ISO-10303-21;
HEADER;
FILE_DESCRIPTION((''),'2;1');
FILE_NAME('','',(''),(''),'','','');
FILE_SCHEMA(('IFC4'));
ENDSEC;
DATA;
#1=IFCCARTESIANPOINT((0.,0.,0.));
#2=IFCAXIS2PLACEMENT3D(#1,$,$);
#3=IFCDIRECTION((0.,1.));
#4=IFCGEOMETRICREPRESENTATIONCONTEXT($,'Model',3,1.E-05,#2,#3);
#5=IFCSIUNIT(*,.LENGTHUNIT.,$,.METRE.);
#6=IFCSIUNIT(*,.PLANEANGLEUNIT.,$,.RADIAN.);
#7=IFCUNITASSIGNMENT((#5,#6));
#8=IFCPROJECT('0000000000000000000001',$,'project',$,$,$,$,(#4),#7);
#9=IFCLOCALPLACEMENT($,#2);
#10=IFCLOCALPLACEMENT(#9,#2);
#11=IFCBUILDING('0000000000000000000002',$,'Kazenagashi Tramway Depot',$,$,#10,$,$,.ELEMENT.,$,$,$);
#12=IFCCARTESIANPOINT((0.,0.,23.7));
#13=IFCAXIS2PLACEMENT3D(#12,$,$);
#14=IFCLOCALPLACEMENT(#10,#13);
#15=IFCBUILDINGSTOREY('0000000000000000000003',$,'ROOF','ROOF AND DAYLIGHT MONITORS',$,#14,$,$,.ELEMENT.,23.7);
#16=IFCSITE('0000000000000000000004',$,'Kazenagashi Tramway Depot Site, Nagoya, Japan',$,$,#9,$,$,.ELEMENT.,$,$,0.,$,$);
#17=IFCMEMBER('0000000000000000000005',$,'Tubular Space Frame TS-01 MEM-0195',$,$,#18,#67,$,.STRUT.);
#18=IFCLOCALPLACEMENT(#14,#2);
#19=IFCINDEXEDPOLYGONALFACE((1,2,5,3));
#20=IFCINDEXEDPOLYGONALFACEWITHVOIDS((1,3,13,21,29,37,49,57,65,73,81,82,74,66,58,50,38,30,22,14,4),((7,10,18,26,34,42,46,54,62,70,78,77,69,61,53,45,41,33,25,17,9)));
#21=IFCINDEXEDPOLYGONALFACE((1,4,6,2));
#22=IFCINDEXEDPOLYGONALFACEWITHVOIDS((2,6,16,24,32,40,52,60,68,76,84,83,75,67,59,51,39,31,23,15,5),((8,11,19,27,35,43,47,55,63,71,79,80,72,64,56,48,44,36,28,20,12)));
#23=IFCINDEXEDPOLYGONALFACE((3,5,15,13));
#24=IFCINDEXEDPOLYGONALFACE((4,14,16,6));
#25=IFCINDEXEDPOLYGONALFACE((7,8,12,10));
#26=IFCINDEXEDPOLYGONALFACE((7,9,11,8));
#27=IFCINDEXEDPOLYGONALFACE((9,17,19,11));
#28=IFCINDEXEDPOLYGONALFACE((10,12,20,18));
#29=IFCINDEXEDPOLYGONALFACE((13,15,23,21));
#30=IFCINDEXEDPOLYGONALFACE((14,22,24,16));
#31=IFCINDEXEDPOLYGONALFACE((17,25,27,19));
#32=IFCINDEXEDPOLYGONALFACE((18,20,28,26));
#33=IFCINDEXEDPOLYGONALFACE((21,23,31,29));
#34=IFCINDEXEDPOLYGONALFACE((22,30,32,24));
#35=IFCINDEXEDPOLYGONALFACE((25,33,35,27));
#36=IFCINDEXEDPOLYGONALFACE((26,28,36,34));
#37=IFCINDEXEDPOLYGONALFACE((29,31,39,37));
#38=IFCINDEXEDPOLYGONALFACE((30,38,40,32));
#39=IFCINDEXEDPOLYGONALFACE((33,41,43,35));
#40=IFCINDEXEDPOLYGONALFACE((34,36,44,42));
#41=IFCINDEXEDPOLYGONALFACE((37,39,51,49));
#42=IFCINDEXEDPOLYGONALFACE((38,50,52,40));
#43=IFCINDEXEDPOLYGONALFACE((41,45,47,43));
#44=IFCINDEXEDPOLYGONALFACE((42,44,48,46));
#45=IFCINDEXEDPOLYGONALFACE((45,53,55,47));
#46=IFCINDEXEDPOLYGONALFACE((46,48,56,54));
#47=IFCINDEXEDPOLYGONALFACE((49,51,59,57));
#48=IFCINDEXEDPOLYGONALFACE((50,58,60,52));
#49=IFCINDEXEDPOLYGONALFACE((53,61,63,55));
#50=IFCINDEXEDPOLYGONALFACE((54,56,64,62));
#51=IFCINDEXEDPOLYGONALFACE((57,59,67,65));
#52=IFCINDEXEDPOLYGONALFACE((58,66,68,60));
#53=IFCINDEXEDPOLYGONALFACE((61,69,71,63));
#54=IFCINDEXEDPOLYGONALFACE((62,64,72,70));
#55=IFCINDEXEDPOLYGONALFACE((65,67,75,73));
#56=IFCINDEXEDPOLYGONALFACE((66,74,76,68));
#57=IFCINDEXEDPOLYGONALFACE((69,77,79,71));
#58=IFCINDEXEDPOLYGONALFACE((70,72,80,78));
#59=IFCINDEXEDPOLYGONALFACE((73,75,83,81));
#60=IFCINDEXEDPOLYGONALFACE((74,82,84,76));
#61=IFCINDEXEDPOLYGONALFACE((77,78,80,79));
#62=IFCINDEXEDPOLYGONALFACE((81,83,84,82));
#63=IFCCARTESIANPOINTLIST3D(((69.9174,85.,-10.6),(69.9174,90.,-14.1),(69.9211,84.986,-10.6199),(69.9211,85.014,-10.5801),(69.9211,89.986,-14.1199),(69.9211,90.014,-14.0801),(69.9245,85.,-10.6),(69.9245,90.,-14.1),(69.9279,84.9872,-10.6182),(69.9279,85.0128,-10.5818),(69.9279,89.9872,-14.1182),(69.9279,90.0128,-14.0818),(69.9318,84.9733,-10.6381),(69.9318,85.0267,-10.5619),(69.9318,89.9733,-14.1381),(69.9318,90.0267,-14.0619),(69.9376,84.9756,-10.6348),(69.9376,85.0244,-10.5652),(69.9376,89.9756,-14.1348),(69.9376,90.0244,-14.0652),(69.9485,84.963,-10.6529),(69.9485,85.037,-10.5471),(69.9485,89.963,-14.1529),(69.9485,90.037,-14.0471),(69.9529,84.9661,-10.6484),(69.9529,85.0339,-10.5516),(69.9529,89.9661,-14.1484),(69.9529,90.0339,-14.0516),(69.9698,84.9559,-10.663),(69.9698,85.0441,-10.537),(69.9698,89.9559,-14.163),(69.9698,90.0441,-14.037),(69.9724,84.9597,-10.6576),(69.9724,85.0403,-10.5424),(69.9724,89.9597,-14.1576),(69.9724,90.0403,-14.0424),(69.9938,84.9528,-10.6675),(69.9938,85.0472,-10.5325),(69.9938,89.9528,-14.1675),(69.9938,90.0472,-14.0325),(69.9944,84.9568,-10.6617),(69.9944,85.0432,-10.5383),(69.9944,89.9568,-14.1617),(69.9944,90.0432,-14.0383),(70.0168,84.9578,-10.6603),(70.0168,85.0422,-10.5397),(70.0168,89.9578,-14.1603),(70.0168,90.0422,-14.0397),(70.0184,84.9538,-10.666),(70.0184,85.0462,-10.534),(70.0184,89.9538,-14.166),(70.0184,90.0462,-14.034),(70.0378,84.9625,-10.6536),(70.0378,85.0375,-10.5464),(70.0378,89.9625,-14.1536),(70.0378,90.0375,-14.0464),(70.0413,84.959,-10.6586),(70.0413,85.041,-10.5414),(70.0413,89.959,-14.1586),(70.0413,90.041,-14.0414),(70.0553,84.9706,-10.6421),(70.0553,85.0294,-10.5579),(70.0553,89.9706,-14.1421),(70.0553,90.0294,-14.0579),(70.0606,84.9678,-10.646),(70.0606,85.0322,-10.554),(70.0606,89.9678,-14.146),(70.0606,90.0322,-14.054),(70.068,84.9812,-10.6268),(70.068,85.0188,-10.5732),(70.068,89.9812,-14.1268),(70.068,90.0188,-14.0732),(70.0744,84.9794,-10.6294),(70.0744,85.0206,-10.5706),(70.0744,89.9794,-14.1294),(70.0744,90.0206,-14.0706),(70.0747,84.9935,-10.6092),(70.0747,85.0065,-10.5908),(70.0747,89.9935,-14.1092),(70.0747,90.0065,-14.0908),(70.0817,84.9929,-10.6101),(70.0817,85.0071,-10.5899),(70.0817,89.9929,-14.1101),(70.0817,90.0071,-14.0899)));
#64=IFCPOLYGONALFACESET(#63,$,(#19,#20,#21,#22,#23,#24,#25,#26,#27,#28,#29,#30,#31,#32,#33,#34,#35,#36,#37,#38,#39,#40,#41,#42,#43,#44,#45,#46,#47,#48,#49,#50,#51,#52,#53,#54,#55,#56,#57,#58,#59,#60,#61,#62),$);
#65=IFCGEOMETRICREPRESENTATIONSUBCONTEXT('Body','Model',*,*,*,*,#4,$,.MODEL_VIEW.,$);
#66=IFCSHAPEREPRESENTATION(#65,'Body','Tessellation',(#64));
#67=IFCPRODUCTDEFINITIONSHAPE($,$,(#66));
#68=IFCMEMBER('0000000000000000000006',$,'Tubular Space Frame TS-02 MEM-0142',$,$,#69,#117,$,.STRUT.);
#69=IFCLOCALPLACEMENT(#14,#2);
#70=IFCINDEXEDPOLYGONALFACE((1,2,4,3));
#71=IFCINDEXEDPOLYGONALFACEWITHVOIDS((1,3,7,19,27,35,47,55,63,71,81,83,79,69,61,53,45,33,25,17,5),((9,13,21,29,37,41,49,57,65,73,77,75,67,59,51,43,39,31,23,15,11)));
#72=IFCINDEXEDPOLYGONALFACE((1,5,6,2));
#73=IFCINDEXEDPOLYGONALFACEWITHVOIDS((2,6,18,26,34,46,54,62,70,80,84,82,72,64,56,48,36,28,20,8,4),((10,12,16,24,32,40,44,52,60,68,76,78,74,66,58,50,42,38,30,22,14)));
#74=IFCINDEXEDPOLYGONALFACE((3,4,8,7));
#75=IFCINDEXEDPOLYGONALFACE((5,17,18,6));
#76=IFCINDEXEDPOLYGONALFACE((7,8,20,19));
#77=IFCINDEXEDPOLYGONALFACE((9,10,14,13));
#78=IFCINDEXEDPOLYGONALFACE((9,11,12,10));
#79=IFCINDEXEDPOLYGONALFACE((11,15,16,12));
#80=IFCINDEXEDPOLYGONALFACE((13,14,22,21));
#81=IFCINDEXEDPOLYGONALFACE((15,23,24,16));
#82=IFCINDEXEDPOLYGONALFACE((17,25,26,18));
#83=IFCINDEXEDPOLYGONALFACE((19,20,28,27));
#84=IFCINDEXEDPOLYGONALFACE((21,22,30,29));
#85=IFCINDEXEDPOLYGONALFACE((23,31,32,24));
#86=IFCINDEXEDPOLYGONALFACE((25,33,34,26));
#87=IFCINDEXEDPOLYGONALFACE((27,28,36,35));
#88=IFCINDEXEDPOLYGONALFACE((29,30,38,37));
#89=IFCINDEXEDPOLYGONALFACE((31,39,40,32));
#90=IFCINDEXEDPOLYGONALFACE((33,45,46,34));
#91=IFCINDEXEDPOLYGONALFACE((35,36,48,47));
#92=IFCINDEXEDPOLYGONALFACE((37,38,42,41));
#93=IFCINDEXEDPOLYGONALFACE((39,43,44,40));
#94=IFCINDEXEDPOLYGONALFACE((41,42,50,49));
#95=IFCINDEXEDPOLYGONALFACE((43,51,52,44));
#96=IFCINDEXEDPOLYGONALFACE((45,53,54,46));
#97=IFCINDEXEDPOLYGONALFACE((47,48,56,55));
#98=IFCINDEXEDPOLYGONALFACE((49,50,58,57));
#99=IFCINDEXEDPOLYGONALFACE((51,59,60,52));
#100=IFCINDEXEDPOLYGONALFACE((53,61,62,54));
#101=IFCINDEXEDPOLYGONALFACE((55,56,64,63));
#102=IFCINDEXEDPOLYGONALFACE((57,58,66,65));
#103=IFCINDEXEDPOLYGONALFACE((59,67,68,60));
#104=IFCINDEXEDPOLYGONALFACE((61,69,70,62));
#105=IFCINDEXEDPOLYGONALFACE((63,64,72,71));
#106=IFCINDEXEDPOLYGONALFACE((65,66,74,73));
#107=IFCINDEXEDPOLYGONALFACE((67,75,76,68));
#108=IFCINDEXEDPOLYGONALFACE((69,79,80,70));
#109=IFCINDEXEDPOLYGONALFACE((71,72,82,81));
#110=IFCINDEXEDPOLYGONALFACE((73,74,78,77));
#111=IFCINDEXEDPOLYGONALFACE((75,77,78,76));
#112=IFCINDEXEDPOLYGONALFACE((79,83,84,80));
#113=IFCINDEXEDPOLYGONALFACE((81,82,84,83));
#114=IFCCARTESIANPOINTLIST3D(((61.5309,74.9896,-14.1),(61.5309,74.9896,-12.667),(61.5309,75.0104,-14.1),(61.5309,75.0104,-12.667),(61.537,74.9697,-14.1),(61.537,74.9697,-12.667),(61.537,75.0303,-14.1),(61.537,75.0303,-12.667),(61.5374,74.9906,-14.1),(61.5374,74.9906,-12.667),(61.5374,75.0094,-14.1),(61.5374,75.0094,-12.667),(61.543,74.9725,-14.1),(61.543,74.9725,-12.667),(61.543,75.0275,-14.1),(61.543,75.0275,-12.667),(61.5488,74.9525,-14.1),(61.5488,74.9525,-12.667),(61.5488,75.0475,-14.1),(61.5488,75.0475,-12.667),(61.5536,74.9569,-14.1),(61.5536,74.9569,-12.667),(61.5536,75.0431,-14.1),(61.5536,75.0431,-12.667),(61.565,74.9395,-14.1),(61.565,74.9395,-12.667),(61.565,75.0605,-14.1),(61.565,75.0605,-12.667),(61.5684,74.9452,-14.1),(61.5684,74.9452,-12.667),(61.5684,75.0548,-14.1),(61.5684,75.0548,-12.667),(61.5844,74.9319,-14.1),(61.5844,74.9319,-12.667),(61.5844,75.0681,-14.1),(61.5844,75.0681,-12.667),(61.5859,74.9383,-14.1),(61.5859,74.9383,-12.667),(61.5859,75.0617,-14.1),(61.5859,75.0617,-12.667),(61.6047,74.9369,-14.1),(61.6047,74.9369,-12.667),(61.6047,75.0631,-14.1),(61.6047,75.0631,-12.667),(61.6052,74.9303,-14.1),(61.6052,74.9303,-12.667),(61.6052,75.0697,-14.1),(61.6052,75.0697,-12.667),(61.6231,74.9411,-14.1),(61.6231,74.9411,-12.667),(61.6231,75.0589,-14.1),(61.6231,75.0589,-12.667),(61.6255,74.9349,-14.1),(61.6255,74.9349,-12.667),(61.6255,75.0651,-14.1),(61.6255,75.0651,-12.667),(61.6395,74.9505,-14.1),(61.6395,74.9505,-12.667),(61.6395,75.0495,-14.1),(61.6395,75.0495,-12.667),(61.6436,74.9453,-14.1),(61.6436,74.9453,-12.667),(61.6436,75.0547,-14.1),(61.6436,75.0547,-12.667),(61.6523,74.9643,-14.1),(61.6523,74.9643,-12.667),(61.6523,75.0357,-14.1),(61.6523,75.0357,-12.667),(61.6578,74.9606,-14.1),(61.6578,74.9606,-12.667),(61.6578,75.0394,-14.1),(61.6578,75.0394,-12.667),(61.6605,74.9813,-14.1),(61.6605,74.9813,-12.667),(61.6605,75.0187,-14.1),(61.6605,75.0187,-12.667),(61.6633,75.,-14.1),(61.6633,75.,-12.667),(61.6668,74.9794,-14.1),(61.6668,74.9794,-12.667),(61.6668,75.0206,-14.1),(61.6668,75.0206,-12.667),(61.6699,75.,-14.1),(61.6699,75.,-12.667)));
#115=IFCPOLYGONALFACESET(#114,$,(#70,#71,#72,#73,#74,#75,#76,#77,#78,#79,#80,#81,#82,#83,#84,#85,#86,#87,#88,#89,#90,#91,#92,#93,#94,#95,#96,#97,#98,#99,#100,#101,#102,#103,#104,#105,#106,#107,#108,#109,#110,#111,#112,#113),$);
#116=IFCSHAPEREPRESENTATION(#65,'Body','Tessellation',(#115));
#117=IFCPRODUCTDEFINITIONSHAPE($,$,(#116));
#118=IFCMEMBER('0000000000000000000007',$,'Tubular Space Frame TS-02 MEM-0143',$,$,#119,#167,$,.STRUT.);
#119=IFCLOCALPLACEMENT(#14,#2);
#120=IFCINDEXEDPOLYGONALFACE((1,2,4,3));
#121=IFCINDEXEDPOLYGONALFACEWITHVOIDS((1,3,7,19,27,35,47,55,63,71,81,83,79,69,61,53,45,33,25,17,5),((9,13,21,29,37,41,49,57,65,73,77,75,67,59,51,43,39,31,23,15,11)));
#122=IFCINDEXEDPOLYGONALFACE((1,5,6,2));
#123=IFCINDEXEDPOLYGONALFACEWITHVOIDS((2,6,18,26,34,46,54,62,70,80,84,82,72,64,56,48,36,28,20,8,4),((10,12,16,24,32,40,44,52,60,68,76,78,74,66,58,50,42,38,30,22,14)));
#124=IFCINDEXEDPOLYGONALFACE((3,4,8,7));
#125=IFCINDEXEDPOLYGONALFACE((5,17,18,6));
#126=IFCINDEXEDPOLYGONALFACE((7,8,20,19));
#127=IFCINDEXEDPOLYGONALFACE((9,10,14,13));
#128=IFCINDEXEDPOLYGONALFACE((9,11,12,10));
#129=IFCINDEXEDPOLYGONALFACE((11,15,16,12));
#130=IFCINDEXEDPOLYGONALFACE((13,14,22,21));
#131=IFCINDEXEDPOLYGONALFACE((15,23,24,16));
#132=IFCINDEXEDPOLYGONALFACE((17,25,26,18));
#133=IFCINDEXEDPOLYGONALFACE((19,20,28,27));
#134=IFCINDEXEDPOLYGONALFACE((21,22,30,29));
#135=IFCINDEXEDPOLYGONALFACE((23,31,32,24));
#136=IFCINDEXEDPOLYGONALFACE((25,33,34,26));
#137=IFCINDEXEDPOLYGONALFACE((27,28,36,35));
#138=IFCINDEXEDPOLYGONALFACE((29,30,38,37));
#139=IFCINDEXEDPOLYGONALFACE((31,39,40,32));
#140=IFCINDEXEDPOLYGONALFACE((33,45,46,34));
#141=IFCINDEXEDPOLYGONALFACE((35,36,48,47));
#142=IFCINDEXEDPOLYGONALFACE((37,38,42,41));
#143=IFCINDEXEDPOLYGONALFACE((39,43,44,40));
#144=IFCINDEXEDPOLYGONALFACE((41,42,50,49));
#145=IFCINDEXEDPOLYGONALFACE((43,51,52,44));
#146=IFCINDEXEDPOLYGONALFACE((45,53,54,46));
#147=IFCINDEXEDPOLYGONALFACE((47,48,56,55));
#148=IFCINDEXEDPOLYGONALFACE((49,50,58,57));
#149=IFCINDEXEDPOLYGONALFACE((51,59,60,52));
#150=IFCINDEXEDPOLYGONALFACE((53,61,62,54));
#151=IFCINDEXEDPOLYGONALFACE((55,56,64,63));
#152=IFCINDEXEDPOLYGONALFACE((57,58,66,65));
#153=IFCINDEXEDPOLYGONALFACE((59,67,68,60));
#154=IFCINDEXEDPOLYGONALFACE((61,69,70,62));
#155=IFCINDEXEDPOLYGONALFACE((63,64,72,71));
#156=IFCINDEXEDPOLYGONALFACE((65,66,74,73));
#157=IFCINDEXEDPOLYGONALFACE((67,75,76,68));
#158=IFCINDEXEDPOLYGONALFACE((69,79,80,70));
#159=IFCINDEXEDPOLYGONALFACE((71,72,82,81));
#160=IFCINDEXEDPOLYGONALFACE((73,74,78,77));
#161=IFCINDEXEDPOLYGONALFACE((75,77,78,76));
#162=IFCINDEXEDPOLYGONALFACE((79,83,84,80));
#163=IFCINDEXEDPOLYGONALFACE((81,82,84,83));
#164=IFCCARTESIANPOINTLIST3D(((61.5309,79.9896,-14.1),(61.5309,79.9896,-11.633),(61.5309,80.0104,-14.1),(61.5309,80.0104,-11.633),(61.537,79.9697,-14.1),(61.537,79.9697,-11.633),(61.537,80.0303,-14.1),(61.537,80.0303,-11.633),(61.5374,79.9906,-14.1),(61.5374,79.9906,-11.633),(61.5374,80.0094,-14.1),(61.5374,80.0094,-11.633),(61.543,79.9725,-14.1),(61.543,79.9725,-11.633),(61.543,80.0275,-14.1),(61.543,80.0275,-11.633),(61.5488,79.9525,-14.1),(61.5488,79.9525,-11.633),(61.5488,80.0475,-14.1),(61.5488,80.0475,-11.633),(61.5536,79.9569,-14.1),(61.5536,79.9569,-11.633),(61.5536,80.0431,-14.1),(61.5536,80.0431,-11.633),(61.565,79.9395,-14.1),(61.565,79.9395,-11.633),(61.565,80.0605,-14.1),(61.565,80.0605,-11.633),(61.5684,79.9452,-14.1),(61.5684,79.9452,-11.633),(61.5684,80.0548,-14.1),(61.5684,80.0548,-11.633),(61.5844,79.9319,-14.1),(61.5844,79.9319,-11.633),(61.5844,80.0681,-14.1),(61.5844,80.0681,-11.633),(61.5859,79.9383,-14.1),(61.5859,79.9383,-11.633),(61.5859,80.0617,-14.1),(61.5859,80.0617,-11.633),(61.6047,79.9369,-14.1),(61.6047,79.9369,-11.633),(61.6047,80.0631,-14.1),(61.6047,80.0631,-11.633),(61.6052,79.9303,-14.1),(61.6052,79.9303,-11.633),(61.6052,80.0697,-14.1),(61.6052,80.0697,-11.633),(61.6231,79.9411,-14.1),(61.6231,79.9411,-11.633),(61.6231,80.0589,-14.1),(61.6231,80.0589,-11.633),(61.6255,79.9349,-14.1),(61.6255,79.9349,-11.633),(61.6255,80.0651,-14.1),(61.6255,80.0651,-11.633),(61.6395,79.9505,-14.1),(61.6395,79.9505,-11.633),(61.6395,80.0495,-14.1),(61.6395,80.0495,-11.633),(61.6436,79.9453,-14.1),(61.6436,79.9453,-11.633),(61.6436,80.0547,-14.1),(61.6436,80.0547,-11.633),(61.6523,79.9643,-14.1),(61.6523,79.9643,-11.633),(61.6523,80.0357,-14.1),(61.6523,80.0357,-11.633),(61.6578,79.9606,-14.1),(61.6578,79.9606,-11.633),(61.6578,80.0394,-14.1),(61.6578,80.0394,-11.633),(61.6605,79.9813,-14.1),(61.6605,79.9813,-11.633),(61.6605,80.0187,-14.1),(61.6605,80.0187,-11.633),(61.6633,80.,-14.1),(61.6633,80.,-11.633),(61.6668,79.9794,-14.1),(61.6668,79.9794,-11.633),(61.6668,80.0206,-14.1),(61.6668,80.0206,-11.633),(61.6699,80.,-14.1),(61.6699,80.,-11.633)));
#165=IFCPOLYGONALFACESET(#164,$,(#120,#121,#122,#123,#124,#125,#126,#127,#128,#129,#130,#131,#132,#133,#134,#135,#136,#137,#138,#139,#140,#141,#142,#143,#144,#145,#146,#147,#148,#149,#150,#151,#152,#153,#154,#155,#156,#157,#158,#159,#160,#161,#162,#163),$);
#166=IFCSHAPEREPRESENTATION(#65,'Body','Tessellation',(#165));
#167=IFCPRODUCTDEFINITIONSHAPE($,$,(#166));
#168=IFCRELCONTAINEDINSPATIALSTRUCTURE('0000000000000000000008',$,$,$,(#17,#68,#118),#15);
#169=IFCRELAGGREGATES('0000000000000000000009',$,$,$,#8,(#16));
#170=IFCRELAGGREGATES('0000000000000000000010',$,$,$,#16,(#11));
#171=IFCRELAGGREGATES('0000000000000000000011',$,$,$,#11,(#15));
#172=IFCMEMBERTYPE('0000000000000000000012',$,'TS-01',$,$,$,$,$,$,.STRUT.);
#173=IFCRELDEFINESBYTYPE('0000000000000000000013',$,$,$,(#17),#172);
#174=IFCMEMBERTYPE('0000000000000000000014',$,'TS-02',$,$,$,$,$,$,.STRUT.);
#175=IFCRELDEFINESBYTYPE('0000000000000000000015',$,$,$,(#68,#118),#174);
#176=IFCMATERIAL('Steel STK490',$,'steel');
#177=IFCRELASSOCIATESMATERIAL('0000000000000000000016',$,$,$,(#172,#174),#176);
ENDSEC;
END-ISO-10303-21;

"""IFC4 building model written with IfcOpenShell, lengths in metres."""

from ifc_helpers import new_model, si_unit, direction, frame, origin, origin_2d, place, context, subcontext, project, spatial, hollow_circle, extrude, material, material_profile, profile_set, type_object, element, save


model = new_model("IFC4")

# Units and contexts
model_context = context("Model", 3, precision=1e-05, world=origin(), true_north=direction((0.0, 1.0)))
body_context = subcontext(model_context, "Body", "Model", "MODEL_VIEW")
ifc_project = project(units=[si_unit("LENGTHUNIT", "METRE"), si_unit("PLANEANGLEUNIT", "RADIAN")], contexts=[model_context])

# Site, building, storey
site_placement = place(None, origin())
site = spatial("IfcSite", under=ifc_project, at=site_placement, Name="Kazenagashi Tramway Depot Site, Nagoya, Japan", CompositionType="ELEMENT", RefElevation=0.0)
building_placement = place(site_placement, origin())
building = spatial("IfcBuilding", under=site, at=building_placement, Name="Kazenagashi Tramway Depot", CompositionType="ELEMENT")
storey_placement = place(building_placement, frame((0.0, 0.0, 23.7)))
storey = spatial("IfcBuildingStorey", under=building, at=storey_placement, Name="ROOF", Description="ROOF AND DAYLIGHT MONITORS", CompositionType="ELEMENT", Elevation=23.7)

# Members
ifc_material_1 = material(Name="Steel STK490", Category="steel")
ifc_material_profile_1 = material_profile(ifc_material_1, hollow_circle(Radius=0.0826, WallThickness=0.0071, at=origin_2d()), Name="CHS-165.2x7.1")
ifc_profile_set_1 = profile_set([ifc_material_profile_1], Name="Steel STK490")
member_type_1 = type_object("IfcMemberType", Name="TS-01", PredefinedType="STRUT", material=ifc_profile_set_1)
for number, where, z_axis, x_axis, name in (
    (1, (70.0, 85.0, -10.6), (0.0, 0.819232, -0.573462), (-1.0, 0.0, 0.0), "Tubular Space Frame TS-01 MEM-0195"),
):
    element("IfcMember", number, at=place(storey_placement, frame(where, z_axis=z_axis, x_axis=x_axis)), inside=storey, type_object=member_type_1, Name=name, PredefinedType="STRUT", context=body_context, shape_type="SweptSolid", body=[
        extrude(hollow_circle(Radius=0.0826, WallThickness=0.0071, at=origin_2d()), origin(), (0.0, 0.0, 1.0), 6.1033),
    ])
ifc_material_profile_2 = material_profile(ifc_material_1, hollow_circle(Radius=0.0699, WallThickness=0.0066, at=origin_2d()), Name="CHS-139.8x6.6")
ifc_profile_set_2 = profile_set([ifc_material_profile_2], Name="Steel STK490")
member_type_2 = type_object("IfcMemberType", Name="TS-02", PredefinedType="STRUT", material=ifc_profile_set_2)
member_1_placement = place(storey_placement, frame((61.6, 75.0, -14.1), z_axis=(0.0, 0.0, 1.0), x_axis=(1.0, 0.0, 0.0)))
element("IfcMember", 2, at=member_1_placement, inside=storey, type_object=member_type_2, Name="Tubular Space Frame TS-02 MEM-0142", PredefinedType="STRUT", context=body_context, shape_type="SweptSolid", body=[
    extrude(hollow_circle(Radius=0.0699, WallThickness=0.0066, at=origin_2d()), origin(), (0.0, 0.0, 1.0), 1.433),
])
member_2_placement = place(storey_placement, frame((61.6, 80.0, -14.1), z_axis=(0.0, 0.0, 1.0), x_axis=(1.0, 0.0, 0.0)))
element("IfcMember", 3, at=member_2_placement, inside=storey, type_object=member_type_2, Name="Tubular Space Frame TS-02 MEM-0143", PredefinedType="STRUT", context=body_context, shape_type="SweptSolid", body=[
    extrude(hollow_circle(Radius=0.0699, WallThickness=0.0066, at=origin_2d()), origin(), (0.0, 0.0, 1.0), 2.467),
])

save(model, "model.ifc")
